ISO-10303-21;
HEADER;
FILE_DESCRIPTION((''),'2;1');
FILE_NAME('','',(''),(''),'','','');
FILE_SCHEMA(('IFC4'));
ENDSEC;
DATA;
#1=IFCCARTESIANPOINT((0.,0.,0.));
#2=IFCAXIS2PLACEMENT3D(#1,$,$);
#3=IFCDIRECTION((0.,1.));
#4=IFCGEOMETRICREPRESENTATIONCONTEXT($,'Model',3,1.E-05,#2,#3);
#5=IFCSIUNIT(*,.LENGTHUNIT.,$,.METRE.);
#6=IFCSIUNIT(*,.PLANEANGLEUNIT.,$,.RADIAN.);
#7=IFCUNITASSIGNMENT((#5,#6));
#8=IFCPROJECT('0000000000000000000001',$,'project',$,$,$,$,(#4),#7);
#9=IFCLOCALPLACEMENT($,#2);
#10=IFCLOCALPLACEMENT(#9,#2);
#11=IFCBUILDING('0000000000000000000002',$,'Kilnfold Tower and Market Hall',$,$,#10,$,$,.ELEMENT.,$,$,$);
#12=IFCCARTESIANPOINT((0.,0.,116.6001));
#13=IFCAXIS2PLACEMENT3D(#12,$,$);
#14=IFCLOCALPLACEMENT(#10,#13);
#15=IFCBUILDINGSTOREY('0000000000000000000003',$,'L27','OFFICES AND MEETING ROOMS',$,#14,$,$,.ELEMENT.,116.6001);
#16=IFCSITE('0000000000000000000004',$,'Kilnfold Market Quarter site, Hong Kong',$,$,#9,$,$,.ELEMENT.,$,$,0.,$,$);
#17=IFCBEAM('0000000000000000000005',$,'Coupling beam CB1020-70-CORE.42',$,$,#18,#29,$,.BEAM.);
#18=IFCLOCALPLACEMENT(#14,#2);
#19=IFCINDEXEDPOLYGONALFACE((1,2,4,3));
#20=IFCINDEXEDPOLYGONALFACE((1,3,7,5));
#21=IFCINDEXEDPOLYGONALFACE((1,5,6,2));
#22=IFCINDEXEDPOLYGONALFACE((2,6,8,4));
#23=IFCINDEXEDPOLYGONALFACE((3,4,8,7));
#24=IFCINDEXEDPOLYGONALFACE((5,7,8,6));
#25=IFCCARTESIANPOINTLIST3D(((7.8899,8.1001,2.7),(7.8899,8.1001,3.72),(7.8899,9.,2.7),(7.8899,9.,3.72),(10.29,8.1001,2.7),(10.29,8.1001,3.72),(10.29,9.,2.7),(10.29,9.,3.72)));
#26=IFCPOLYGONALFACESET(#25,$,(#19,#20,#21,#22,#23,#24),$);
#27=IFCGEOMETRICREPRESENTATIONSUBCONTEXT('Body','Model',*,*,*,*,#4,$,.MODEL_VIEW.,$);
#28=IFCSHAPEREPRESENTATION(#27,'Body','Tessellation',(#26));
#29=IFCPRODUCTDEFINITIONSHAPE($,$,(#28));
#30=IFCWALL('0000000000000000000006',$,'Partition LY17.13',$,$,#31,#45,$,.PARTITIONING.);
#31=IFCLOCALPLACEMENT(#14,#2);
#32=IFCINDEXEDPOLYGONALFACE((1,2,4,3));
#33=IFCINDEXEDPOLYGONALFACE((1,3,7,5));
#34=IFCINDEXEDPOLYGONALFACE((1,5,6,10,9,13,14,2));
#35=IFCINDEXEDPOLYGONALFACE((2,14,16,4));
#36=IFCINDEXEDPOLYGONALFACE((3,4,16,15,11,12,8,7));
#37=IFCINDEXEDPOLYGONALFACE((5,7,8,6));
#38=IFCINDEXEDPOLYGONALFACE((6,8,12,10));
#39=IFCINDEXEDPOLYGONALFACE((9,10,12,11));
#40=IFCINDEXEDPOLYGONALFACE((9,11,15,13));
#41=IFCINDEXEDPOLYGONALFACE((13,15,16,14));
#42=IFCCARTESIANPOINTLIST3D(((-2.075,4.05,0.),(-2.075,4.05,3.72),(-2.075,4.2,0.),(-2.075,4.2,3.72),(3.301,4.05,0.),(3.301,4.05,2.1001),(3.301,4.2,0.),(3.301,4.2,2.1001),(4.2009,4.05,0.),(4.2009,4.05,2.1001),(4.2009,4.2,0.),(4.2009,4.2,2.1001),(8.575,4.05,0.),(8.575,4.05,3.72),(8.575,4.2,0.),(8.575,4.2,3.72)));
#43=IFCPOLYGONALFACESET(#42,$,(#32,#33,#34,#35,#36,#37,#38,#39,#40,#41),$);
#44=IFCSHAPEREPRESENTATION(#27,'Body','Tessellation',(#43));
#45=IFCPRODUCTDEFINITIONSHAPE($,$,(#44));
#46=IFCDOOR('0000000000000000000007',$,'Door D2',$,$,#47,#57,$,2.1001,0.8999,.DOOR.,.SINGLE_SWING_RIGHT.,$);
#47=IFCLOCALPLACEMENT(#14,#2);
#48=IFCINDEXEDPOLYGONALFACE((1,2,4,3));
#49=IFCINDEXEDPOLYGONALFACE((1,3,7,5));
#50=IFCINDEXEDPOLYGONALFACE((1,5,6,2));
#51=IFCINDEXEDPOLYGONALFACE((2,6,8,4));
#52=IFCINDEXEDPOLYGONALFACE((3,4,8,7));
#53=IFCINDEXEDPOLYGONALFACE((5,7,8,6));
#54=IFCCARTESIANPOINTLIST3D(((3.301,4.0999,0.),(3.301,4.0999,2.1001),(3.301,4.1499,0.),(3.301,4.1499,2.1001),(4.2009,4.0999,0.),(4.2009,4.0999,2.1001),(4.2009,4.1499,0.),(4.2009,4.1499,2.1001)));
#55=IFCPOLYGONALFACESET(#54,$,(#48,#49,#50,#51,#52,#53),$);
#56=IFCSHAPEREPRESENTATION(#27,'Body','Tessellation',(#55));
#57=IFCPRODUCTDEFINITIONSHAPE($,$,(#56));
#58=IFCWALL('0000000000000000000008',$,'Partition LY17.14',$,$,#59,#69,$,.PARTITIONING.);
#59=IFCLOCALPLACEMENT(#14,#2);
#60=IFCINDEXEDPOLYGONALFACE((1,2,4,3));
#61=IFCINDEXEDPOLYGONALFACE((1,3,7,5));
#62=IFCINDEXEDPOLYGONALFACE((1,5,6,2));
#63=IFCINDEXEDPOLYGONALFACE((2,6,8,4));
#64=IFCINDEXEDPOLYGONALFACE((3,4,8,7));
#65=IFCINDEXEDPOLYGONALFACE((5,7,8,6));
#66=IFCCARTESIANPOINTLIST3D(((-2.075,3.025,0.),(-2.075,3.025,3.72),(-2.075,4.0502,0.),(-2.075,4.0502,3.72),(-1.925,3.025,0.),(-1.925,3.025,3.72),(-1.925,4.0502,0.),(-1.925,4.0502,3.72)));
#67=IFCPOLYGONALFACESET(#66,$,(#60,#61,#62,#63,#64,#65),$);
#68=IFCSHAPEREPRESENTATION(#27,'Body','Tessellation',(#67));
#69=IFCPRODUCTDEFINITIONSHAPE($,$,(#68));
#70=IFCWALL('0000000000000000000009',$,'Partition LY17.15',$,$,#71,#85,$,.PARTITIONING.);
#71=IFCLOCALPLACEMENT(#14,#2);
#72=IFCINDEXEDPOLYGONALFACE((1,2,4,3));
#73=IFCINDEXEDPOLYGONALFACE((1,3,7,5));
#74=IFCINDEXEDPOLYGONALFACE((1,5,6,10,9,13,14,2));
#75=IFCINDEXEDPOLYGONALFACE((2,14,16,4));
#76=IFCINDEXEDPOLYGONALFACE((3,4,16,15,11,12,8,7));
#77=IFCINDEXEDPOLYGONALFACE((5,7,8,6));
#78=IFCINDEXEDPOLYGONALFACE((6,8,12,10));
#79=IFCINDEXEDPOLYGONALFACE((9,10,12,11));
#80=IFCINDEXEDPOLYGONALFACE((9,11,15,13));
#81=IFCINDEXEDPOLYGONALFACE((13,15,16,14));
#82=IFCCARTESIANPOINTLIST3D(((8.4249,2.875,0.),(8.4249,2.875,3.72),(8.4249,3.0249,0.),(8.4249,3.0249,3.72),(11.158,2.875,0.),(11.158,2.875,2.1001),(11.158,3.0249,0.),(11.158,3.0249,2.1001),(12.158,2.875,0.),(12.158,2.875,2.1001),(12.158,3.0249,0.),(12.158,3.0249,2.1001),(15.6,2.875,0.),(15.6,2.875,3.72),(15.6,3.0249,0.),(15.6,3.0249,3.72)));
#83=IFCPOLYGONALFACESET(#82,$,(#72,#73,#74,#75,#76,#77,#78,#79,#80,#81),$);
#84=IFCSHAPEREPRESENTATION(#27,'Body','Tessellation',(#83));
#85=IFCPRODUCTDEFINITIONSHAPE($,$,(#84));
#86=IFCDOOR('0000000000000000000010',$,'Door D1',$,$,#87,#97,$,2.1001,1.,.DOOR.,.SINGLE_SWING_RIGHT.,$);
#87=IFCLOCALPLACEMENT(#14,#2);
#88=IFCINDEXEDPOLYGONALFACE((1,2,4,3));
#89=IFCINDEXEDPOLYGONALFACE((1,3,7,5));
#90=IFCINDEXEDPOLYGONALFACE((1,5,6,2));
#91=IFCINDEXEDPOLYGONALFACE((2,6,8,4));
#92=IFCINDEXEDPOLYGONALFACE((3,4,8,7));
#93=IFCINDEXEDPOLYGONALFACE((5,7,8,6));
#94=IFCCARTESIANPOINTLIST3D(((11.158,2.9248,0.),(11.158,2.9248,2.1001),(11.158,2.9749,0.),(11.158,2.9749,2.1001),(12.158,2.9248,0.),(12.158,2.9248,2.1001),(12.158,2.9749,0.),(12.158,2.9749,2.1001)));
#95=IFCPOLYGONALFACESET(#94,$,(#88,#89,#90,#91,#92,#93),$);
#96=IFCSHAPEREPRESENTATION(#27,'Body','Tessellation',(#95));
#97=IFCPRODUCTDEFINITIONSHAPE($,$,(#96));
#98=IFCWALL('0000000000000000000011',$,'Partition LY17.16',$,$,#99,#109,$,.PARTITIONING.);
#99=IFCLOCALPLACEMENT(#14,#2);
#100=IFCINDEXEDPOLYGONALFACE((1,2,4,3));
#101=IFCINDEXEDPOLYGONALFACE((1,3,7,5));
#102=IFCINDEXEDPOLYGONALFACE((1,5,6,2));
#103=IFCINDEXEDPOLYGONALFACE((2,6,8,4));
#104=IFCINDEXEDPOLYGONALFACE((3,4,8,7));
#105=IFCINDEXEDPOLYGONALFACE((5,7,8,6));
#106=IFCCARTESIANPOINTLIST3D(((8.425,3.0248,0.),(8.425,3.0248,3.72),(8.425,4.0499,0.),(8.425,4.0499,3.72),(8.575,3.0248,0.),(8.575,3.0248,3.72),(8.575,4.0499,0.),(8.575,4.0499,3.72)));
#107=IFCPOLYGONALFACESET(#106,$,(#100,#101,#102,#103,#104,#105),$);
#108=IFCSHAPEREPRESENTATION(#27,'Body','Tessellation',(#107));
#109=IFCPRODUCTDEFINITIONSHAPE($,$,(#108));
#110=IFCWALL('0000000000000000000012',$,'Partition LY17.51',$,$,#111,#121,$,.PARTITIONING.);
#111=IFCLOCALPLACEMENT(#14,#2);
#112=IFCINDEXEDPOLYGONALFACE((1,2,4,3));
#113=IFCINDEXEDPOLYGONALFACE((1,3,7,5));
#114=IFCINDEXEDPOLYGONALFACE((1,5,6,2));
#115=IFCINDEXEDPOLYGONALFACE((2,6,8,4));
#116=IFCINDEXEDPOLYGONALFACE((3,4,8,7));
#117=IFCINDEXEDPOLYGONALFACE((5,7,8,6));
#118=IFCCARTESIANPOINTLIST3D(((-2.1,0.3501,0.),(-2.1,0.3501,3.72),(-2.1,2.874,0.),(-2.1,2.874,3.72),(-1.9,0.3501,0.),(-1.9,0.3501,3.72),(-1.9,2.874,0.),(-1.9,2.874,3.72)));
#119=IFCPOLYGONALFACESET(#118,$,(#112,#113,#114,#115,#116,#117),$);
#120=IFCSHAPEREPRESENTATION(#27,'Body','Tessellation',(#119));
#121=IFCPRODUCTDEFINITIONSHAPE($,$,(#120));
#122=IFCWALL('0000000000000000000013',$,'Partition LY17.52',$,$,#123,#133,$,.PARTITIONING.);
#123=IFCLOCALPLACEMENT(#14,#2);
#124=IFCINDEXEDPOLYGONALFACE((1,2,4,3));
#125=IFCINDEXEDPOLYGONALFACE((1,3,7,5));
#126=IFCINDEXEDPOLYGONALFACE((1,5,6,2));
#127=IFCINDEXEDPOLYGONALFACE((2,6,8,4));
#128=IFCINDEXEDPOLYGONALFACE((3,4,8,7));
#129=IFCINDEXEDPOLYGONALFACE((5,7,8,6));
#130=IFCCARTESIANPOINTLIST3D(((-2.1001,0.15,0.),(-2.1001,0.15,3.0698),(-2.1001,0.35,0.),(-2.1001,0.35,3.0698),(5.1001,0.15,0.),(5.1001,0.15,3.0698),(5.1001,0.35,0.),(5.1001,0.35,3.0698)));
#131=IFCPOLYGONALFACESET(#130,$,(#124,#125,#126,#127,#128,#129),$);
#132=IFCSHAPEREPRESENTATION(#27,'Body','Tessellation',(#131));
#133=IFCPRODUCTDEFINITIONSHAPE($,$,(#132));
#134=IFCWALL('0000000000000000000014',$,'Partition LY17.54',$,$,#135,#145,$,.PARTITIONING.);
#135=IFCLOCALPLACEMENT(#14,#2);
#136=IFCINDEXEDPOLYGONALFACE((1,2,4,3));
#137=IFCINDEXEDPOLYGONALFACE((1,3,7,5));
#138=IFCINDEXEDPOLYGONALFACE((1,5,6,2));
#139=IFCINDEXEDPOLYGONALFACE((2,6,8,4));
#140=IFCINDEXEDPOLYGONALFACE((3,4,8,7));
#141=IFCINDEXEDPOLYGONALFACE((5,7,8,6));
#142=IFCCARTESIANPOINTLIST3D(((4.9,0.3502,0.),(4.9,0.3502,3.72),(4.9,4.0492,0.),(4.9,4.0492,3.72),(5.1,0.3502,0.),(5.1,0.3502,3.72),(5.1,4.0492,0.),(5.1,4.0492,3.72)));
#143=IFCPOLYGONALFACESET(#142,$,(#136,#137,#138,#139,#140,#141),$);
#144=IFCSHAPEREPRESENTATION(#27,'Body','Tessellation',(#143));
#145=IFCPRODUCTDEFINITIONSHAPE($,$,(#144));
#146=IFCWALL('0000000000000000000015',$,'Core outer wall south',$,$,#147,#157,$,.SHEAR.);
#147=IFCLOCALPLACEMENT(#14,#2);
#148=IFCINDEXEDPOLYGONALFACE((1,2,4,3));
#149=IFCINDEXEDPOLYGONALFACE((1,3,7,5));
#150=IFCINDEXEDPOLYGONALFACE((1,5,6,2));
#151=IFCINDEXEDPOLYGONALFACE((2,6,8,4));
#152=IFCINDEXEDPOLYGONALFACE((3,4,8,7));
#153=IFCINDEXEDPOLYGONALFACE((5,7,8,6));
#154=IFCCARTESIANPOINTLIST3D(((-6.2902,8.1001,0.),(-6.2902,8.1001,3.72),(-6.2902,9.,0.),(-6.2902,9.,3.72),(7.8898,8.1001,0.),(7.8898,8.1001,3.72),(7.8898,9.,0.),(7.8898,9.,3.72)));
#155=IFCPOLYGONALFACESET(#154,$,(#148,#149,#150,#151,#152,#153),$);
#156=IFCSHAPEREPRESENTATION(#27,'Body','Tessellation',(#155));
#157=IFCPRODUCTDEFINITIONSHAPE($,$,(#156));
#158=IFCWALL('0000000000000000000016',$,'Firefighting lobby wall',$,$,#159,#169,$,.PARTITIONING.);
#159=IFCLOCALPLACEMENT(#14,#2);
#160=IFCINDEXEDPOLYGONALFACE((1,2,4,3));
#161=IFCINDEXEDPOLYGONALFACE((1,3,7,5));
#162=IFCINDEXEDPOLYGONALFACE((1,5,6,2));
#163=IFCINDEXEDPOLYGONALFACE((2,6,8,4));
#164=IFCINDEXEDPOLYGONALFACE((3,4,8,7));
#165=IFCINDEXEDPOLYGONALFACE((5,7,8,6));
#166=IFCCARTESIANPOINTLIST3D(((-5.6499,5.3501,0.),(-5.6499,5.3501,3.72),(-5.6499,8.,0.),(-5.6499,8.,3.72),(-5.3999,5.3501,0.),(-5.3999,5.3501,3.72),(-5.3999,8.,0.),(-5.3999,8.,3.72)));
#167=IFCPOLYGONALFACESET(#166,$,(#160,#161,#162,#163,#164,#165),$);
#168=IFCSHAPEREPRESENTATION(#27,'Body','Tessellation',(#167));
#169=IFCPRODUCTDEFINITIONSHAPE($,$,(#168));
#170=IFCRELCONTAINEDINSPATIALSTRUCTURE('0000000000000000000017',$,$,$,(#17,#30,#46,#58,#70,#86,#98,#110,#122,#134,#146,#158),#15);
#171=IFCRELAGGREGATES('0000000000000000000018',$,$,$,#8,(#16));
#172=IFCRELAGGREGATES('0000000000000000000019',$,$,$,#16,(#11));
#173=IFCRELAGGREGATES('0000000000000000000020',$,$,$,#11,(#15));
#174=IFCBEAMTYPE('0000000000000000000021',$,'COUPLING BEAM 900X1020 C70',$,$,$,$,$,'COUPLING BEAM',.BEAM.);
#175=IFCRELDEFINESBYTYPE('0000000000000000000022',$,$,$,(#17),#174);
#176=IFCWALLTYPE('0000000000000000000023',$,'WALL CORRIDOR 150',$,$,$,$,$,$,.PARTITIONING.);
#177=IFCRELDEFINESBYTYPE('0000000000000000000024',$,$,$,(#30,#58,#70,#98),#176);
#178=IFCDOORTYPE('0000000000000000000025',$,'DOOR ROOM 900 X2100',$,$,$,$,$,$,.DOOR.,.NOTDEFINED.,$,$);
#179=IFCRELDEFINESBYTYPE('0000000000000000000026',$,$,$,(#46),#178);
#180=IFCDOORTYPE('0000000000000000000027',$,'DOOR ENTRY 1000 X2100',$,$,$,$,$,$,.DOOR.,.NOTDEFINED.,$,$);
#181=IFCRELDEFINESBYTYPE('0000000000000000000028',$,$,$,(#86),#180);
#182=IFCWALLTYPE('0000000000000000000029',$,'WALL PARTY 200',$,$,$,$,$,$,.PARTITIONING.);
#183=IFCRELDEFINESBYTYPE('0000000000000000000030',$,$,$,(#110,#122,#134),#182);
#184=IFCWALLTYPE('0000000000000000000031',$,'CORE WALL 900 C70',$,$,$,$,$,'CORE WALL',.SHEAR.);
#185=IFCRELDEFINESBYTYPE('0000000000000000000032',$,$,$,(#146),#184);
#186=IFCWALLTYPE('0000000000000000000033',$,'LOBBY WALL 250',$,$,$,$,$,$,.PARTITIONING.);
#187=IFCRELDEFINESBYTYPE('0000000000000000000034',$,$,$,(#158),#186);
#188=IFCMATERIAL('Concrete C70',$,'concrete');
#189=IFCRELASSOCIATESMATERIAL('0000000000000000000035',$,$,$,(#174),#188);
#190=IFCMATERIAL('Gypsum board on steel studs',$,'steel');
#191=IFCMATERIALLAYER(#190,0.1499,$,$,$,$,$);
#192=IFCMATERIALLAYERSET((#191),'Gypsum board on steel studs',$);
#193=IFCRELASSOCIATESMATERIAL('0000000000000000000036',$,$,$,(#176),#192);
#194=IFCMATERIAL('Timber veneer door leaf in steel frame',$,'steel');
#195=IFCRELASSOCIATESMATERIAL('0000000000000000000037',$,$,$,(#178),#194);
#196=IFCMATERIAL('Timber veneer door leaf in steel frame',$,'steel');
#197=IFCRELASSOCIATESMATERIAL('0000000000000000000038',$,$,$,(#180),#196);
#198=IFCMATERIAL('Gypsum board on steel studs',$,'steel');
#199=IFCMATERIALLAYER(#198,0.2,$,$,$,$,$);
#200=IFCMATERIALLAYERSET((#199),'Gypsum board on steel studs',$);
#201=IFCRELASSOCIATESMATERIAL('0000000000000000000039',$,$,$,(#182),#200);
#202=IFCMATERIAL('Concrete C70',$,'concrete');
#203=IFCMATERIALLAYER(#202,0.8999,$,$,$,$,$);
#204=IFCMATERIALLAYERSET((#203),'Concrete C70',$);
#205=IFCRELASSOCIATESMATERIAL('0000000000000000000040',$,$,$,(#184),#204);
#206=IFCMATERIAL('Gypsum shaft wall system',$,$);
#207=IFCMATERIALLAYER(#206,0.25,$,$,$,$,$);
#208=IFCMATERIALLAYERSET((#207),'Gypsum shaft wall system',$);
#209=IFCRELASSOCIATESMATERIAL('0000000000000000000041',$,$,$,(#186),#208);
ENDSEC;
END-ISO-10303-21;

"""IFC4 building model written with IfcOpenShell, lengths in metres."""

from ifc_helpers import new_model, si_unit, direction, frame, frame_2d, origin, origin_2d, place, context, subcontext, project, spatial, rectangle, extrude, source, transform, mapped, material, layer, layer_set, material_profile, profile_set, type_object, element, fill, save


model = new_model("IFC4")

# Units and contexts
model_context = context("Model", 3, precision=1e-05, world=origin(), true_north=direction((0.0, 1.0)))
body_context = subcontext(model_context, "Body", "Model", "MODEL_VIEW")
ifc_project = project(units=[si_unit("LENGTHUNIT", "METRE"), si_unit("PLANEANGLEUNIT", "RADIAN")], contexts=[model_context])

# Site, building, storey
site_placement = place(None, origin())
site = spatial("IfcSite", under=ifc_project, at=site_placement, Name="Kilnfold Market Quarter site, Hong Kong", CompositionType="ELEMENT", RefElevation=0.0)
building_placement = place(site_placement, origin())
building = spatial("IfcBuilding", under=site, at=building_placement, Name="Kilnfold Tower and Market Hall", CompositionType="ELEMENT")
storey_placement = place(building_placement, frame((0.0, 0.0, 116.6001)))
storey = spatial("IfcBuildingStorey", under=building, at=storey_placement, Name="L27", Description="OFFICES AND MEETING ROOMS", CompositionType="ELEMENT", Elevation=116.6001)

# Beam
ifc_material_1 = material(Name="Concrete C70", Category="concrete")
ifc_material_profile = material_profile(ifc_material_1, rectangle(XDim=0.8999, YDim=1.02, at=origin_2d()), Name="RC 900x1020")
ifc_profile_set = profile_set([ifc_material_profile], Name="Concrete C70")
beam_type = type_object("IfcBeamType", Name="COUPLING BEAM 900X1020 C70", ElementType="COUPLING BEAM", PredefinedType="BEAM", material=ifc_profile_set)
shared_shape_1 = source(origin(), body_context, "Body", "SweptSolid", [
    extrude(rectangle(XDim=0.8999, YDim=1.02, at=origin_2d()), origin(), (0.0, 0.0, 1.0), 2.4001),
])
beam_placement = place(storey_placement, frame((7.8899, 8.55, 3.21), z_axis=(1.0, 0.0, 0.0), x_axis=(0.0, 1.0, 0.0)))
element("IfcBeam", 1, at=beam_placement, inside=storey, type_object=beam_type, Name="Coupling beam CB1020-70-CORE.42", PredefinedType="BEAM", context=body_context, shape_type="MappedRepresentation", body=[
    mapped(shared_shape_1, transform((0.0, 0.0, 0.0))),
])

# Wall, opening, door
ifc_material_2 = material(Name="Gypsum board on steel studs", Category="steel")
ifc_layer_1 = layer(ifc_material_2, 0.1499)
ifc_layer_set_1 = layer_set([ifc_layer_1], Name="Gypsum board on steel studs")
wall_type_1 = type_object("IfcWallType", Name="WALL CORRIDOR 150", PredefinedType="PARTITIONING", material=ifc_layer_set_1)
wall_1_placement = place(storey_placement, frame((-2.075, 4.125, 0.0), z_axis=(0.0, 0.0, 1.0), x_axis=(1.0, 0.0, 0.0)))
wall_1 = element("IfcWall", 2, at=wall_1_placement, inside=storey, type_object=wall_type_1, Name="Partition LY17.13", PredefinedType="PARTITIONING", context=body_context, shape_type="SweptSolid", body=[
    extrude(rectangle(XDim=10.6499, YDim=0.1499, at=frame_2d((5.325, 0.0))), origin(), (0.0, 0.0, 1.0), 3.72),
])
opening_1_placement = place(wall_1_placement, frame((5.376, 0.0, 0.0)))
opening_1 = element("IfcOpeningElement", 3, at=opening_1_placement, cuts=wall_1, PredefinedType="OPENING", context=body_context, shape_type="SweptSolid", body=[
    extrude(rectangle(XDim=0.8999, YDim=2.1001, at=frame_2d((0.45, 1.05))), frame((0.0, 0.085, 0.0), z_axis=(0.0, -1.0, 0.0), x_axis=(1.0, 0.0, 0.0)), (0.0, 0.0, 1.0), 0.1699),
])
ifc_material_3 = material(Name="Timber veneer door leaf in steel frame", Category="steel")
door_type_1 = type_object("IfcDoorType", Name="DOOR ROOM 900 X2100", OperationType="NOTDEFINED", PredefinedType="DOOR", material=ifc_material_3)
door_1_placement = place(opening_1_placement, origin())
door_1 = element("IfcDoor", 4, at=door_1_placement, inside=storey, type_object=door_type_1, Name="Door D2", OperationType="SINGLE_SWING_RIGHT", OverallHeight=2.1001, OverallWidth=0.8999, PredefinedType="DOOR", context=body_context, shape_type="SweptSolid", body=[
    extrude(rectangle(XDim=0.8999, YDim=2.1001, at=frame_2d((0.45, 1.05))), frame((0.0, 0.0249, 0.0), z_axis=(0.0, -1.0, 0.0), x_axis=(1.0, 0.0, 0.0)), (0.0, 0.0, 1.0), 0.05),
])
fill(opening_1, door_1)

# Wall
wall_2_placement = place(storey_placement, frame((-2.0, 3.0249, 0.0), z_axis=(0.0, 0.0, 1.0), x_axis=(0.0, 1.0, 0.0)))
element("IfcWall", 5, at=wall_2_placement, inside=storey, type_object=wall_type_1, Name="Partition LY17.14", PredefinedType="PARTITIONING", context=body_context, shape_type="SweptSolid", body=[
    extrude(rectangle(XDim=1.0251, YDim=0.1499, at=frame_2d((0.5127, 0.0))), origin(), (0.0, 0.0, 1.0), 3.72),
])

# Wall, opening, door
wall_3_placement = place(storey_placement, frame((8.425, 2.95, 0.0), z_axis=(0.0, 0.0, 1.0), x_axis=(1.0, 0.0, 0.0)))
wall_3 = element("IfcWall", 6, at=wall_3_placement, inside=storey, type_object=wall_type_1, Name="Partition LY17.15", PredefinedType="PARTITIONING", context=body_context, shape_type="SweptSolid", body=[
    extrude(rectangle(XDim=7.175, YDim=0.1499, at=frame_2d((3.5874, 0.0))), origin(), (0.0, 0.0, 1.0), 3.72),
])
opening_2_placement = place(wall_3_placement, frame((2.7329, 0.0, 0.0)))
opening_2 = element("IfcOpeningElement", 7, at=opening_2_placement, cuts=wall_3, PredefinedType="OPENING", context=body_context, shape_type="SweptSolid", body=[
    extrude(rectangle(XDim=1.0, YDim=2.1001, at=frame_2d((0.5, 1.05))), frame((0.0, 0.085, 0.0), z_axis=(0.0, -1.0, 0.0), x_axis=(1.0, 0.0, 0.0)), (0.0, 0.0, 1.0), 0.1699),
])
ifc_material_4 = material(Name="Timber veneer door leaf in steel frame", Category="steel")
door_type_2 = type_object("IfcDoorType", Name="DOOR ENTRY 1000 X2100", OperationType="NOTDEFINED", PredefinedType="DOOR", material=ifc_material_4)
door_2_placement = place(opening_2_placement, origin())
door_2 = element("IfcDoor", 8, at=door_2_placement, inside=storey, type_object=door_type_2, Name="Door D1", OperationType="SINGLE_SWING_RIGHT", OverallHeight=2.1001, OverallWidth=1.0, PredefinedType="DOOR", context=body_context, shape_type="SweptSolid", body=[
    extrude(rectangle(XDim=1.0, YDim=2.1001, at=frame_2d((0.5, 1.05))), frame((0.0, 0.0249, 0.0), z_axis=(0.0, -1.0, 0.0), x_axis=(1.0, 0.0, 0.0)), (0.0, 0.0, 1.0), 0.05),
])
fill(opening_2, door_2)

# Walls
wall_4_placement = place(storey_placement, frame((8.5, 4.05, 0.0), z_axis=(0.0, 0.0, 1.0), x_axis=(0.0, -1.0, 0.0)))
element("IfcWall", 9, at=wall_4_placement, inside=storey, type_object=wall_type_1, Name="Partition LY17.16", PredefinedType="PARTITIONING", context=body_context, shape_type="SweptSolid", body=[
    extrude(rectangle(XDim=1.0251, YDim=0.1499, at=frame_2d((0.5127, 0.0))), origin(), (0.0, 0.0, 1.0), 3.72),
])
ifc_material_5 = material(Name="Gypsum board on steel studs", Category="steel")
ifc_layer_2 = layer(ifc_material_5, 0.2)
ifc_layer_set_2 = layer_set([ifc_layer_2], Name="Gypsum board on steel studs")
wall_type_2 = type_object("IfcWallType", Name="WALL PARTY 200", PredefinedType="PARTITIONING", material=ifc_layer_set_2)
wall_5_placement = place(storey_placement, frame((-2.0, 0.3501, 0.0), z_axis=(0.0, 0.0, 1.0), x_axis=(0.0, 1.0, 0.0)))
element("IfcWall", 10, at=wall_5_placement, inside=storey, type_object=wall_type_2, Name="Partition LY17.51", PredefinedType="PARTITIONING", context=body_context, shape_type="SweptSolid", body=[
    extrude(rectangle(XDim=2.5239, YDim=0.2, at=frame_2d((1.262, 0.0))), origin(), (0.0, 0.0, 1.0), 3.72),
])
wall_6_placement = place(storey_placement, frame((-2.1001, 0.25, 0.0), z_axis=(0.0, 0.0, 1.0), x_axis=(1.0, 0.0, 0.0)))
element("IfcWall", 11, at=wall_6_placement, inside=storey, type_object=wall_type_2, Name="Partition LY17.52", PredefinedType="PARTITIONING", context=body_context, shape_type="SweptSolid", body=[
    extrude(rectangle(XDim=7.2002, YDim=0.2, at=frame_2d((3.6001, 0.0))), origin(), (0.0, 0.0, 1.0), 3.0698),
])
wall_7_placement = place(storey_placement, frame((5.0, 0.3501, 0.0), z_axis=(0.0, 0.0, 1.0), x_axis=(0.0, 1.0, 0.0)))
element("IfcWall", 12, at=wall_7_placement, inside=storey, type_object=wall_type_2, Name="Partition LY17.54", PredefinedType="PARTITIONING", context=body_context, shape_type="SweptSolid", body=[
    extrude(rectangle(XDim=3.699, YDim=0.2, at=frame_2d((1.8496, 0.0))), origin(), (0.0, 0.0, 1.0), 3.72),
])
ifc_material_6 = material(Name="Concrete C70", Category="concrete")
ifc_layer_3 = layer(ifc_material_6, 0.8999)
ifc_layer_set_3 = layer_set([ifc_layer_3], Name="Concrete C70")
wall_type_3 = type_object("IfcWallType", Name="CORE WALL 900 C70", ElementType="CORE WALL", PredefinedType="SHEAR", material=ifc_layer_set_3)
shared_shape_2 = source(origin(), body_context, "Body", "SweptSolid", [
    extrude(rectangle(XDim=14.1799, YDim=0.8999, at=frame_2d((7.0898, 0.0))), origin(), (0.0, 0.0, 1.0), 3.72),
])
wall_8_placement = place(storey_placement, frame((-6.29, 8.55, 0.0), z_axis=(0.0, 0.0, 1.0), x_axis=(1.0, 0.0, 0.0)))
element("IfcWall", 13, at=wall_8_placement, inside=storey, type_object=wall_type_3, Name="Core outer wall south", PredefinedType="SHEAR", context=body_context, shape_type="MappedRepresentation", body=[
    mapped(shared_shape_2, transform((0.0, 0.0, 0.0))),
])
ifc_material_7 = material(Name="Gypsum shaft wall system")
ifc_layer_4 = layer(ifc_material_7, 0.25)
ifc_layer_set_4 = layer_set([ifc_layer_4], Name="Gypsum shaft wall system")
wall_type_4 = type_object("IfcWallType", Name="LOBBY WALL 250", PredefinedType="PARTITIONING", material=ifc_layer_set_4)
shared_shape_3 = source(origin(), body_context, "Body", "SweptSolid", [
    extrude(rectangle(XDim=2.6499, YDim=0.25, at=frame_2d((1.325, 0.0))), origin(), (0.0, 0.0, 1.0), 3.72),
])
wall_9_placement = place(storey_placement, frame((-5.5249, 5.3501, 0.0), z_axis=(0.0, 0.0, 1.0), x_axis=(0.0, 1.0, 0.0)))
element("IfcWall", 14, at=wall_9_placement, inside=storey, type_object=wall_type_4, Name="Firefighting lobby wall", PredefinedType="PARTITIONING", context=body_context, shape_type="MappedRepresentation", body=[
    mapped(shared_shape_3, transform((0.0, 0.0, 0.0))),
])

save(model, "model.ifc")
